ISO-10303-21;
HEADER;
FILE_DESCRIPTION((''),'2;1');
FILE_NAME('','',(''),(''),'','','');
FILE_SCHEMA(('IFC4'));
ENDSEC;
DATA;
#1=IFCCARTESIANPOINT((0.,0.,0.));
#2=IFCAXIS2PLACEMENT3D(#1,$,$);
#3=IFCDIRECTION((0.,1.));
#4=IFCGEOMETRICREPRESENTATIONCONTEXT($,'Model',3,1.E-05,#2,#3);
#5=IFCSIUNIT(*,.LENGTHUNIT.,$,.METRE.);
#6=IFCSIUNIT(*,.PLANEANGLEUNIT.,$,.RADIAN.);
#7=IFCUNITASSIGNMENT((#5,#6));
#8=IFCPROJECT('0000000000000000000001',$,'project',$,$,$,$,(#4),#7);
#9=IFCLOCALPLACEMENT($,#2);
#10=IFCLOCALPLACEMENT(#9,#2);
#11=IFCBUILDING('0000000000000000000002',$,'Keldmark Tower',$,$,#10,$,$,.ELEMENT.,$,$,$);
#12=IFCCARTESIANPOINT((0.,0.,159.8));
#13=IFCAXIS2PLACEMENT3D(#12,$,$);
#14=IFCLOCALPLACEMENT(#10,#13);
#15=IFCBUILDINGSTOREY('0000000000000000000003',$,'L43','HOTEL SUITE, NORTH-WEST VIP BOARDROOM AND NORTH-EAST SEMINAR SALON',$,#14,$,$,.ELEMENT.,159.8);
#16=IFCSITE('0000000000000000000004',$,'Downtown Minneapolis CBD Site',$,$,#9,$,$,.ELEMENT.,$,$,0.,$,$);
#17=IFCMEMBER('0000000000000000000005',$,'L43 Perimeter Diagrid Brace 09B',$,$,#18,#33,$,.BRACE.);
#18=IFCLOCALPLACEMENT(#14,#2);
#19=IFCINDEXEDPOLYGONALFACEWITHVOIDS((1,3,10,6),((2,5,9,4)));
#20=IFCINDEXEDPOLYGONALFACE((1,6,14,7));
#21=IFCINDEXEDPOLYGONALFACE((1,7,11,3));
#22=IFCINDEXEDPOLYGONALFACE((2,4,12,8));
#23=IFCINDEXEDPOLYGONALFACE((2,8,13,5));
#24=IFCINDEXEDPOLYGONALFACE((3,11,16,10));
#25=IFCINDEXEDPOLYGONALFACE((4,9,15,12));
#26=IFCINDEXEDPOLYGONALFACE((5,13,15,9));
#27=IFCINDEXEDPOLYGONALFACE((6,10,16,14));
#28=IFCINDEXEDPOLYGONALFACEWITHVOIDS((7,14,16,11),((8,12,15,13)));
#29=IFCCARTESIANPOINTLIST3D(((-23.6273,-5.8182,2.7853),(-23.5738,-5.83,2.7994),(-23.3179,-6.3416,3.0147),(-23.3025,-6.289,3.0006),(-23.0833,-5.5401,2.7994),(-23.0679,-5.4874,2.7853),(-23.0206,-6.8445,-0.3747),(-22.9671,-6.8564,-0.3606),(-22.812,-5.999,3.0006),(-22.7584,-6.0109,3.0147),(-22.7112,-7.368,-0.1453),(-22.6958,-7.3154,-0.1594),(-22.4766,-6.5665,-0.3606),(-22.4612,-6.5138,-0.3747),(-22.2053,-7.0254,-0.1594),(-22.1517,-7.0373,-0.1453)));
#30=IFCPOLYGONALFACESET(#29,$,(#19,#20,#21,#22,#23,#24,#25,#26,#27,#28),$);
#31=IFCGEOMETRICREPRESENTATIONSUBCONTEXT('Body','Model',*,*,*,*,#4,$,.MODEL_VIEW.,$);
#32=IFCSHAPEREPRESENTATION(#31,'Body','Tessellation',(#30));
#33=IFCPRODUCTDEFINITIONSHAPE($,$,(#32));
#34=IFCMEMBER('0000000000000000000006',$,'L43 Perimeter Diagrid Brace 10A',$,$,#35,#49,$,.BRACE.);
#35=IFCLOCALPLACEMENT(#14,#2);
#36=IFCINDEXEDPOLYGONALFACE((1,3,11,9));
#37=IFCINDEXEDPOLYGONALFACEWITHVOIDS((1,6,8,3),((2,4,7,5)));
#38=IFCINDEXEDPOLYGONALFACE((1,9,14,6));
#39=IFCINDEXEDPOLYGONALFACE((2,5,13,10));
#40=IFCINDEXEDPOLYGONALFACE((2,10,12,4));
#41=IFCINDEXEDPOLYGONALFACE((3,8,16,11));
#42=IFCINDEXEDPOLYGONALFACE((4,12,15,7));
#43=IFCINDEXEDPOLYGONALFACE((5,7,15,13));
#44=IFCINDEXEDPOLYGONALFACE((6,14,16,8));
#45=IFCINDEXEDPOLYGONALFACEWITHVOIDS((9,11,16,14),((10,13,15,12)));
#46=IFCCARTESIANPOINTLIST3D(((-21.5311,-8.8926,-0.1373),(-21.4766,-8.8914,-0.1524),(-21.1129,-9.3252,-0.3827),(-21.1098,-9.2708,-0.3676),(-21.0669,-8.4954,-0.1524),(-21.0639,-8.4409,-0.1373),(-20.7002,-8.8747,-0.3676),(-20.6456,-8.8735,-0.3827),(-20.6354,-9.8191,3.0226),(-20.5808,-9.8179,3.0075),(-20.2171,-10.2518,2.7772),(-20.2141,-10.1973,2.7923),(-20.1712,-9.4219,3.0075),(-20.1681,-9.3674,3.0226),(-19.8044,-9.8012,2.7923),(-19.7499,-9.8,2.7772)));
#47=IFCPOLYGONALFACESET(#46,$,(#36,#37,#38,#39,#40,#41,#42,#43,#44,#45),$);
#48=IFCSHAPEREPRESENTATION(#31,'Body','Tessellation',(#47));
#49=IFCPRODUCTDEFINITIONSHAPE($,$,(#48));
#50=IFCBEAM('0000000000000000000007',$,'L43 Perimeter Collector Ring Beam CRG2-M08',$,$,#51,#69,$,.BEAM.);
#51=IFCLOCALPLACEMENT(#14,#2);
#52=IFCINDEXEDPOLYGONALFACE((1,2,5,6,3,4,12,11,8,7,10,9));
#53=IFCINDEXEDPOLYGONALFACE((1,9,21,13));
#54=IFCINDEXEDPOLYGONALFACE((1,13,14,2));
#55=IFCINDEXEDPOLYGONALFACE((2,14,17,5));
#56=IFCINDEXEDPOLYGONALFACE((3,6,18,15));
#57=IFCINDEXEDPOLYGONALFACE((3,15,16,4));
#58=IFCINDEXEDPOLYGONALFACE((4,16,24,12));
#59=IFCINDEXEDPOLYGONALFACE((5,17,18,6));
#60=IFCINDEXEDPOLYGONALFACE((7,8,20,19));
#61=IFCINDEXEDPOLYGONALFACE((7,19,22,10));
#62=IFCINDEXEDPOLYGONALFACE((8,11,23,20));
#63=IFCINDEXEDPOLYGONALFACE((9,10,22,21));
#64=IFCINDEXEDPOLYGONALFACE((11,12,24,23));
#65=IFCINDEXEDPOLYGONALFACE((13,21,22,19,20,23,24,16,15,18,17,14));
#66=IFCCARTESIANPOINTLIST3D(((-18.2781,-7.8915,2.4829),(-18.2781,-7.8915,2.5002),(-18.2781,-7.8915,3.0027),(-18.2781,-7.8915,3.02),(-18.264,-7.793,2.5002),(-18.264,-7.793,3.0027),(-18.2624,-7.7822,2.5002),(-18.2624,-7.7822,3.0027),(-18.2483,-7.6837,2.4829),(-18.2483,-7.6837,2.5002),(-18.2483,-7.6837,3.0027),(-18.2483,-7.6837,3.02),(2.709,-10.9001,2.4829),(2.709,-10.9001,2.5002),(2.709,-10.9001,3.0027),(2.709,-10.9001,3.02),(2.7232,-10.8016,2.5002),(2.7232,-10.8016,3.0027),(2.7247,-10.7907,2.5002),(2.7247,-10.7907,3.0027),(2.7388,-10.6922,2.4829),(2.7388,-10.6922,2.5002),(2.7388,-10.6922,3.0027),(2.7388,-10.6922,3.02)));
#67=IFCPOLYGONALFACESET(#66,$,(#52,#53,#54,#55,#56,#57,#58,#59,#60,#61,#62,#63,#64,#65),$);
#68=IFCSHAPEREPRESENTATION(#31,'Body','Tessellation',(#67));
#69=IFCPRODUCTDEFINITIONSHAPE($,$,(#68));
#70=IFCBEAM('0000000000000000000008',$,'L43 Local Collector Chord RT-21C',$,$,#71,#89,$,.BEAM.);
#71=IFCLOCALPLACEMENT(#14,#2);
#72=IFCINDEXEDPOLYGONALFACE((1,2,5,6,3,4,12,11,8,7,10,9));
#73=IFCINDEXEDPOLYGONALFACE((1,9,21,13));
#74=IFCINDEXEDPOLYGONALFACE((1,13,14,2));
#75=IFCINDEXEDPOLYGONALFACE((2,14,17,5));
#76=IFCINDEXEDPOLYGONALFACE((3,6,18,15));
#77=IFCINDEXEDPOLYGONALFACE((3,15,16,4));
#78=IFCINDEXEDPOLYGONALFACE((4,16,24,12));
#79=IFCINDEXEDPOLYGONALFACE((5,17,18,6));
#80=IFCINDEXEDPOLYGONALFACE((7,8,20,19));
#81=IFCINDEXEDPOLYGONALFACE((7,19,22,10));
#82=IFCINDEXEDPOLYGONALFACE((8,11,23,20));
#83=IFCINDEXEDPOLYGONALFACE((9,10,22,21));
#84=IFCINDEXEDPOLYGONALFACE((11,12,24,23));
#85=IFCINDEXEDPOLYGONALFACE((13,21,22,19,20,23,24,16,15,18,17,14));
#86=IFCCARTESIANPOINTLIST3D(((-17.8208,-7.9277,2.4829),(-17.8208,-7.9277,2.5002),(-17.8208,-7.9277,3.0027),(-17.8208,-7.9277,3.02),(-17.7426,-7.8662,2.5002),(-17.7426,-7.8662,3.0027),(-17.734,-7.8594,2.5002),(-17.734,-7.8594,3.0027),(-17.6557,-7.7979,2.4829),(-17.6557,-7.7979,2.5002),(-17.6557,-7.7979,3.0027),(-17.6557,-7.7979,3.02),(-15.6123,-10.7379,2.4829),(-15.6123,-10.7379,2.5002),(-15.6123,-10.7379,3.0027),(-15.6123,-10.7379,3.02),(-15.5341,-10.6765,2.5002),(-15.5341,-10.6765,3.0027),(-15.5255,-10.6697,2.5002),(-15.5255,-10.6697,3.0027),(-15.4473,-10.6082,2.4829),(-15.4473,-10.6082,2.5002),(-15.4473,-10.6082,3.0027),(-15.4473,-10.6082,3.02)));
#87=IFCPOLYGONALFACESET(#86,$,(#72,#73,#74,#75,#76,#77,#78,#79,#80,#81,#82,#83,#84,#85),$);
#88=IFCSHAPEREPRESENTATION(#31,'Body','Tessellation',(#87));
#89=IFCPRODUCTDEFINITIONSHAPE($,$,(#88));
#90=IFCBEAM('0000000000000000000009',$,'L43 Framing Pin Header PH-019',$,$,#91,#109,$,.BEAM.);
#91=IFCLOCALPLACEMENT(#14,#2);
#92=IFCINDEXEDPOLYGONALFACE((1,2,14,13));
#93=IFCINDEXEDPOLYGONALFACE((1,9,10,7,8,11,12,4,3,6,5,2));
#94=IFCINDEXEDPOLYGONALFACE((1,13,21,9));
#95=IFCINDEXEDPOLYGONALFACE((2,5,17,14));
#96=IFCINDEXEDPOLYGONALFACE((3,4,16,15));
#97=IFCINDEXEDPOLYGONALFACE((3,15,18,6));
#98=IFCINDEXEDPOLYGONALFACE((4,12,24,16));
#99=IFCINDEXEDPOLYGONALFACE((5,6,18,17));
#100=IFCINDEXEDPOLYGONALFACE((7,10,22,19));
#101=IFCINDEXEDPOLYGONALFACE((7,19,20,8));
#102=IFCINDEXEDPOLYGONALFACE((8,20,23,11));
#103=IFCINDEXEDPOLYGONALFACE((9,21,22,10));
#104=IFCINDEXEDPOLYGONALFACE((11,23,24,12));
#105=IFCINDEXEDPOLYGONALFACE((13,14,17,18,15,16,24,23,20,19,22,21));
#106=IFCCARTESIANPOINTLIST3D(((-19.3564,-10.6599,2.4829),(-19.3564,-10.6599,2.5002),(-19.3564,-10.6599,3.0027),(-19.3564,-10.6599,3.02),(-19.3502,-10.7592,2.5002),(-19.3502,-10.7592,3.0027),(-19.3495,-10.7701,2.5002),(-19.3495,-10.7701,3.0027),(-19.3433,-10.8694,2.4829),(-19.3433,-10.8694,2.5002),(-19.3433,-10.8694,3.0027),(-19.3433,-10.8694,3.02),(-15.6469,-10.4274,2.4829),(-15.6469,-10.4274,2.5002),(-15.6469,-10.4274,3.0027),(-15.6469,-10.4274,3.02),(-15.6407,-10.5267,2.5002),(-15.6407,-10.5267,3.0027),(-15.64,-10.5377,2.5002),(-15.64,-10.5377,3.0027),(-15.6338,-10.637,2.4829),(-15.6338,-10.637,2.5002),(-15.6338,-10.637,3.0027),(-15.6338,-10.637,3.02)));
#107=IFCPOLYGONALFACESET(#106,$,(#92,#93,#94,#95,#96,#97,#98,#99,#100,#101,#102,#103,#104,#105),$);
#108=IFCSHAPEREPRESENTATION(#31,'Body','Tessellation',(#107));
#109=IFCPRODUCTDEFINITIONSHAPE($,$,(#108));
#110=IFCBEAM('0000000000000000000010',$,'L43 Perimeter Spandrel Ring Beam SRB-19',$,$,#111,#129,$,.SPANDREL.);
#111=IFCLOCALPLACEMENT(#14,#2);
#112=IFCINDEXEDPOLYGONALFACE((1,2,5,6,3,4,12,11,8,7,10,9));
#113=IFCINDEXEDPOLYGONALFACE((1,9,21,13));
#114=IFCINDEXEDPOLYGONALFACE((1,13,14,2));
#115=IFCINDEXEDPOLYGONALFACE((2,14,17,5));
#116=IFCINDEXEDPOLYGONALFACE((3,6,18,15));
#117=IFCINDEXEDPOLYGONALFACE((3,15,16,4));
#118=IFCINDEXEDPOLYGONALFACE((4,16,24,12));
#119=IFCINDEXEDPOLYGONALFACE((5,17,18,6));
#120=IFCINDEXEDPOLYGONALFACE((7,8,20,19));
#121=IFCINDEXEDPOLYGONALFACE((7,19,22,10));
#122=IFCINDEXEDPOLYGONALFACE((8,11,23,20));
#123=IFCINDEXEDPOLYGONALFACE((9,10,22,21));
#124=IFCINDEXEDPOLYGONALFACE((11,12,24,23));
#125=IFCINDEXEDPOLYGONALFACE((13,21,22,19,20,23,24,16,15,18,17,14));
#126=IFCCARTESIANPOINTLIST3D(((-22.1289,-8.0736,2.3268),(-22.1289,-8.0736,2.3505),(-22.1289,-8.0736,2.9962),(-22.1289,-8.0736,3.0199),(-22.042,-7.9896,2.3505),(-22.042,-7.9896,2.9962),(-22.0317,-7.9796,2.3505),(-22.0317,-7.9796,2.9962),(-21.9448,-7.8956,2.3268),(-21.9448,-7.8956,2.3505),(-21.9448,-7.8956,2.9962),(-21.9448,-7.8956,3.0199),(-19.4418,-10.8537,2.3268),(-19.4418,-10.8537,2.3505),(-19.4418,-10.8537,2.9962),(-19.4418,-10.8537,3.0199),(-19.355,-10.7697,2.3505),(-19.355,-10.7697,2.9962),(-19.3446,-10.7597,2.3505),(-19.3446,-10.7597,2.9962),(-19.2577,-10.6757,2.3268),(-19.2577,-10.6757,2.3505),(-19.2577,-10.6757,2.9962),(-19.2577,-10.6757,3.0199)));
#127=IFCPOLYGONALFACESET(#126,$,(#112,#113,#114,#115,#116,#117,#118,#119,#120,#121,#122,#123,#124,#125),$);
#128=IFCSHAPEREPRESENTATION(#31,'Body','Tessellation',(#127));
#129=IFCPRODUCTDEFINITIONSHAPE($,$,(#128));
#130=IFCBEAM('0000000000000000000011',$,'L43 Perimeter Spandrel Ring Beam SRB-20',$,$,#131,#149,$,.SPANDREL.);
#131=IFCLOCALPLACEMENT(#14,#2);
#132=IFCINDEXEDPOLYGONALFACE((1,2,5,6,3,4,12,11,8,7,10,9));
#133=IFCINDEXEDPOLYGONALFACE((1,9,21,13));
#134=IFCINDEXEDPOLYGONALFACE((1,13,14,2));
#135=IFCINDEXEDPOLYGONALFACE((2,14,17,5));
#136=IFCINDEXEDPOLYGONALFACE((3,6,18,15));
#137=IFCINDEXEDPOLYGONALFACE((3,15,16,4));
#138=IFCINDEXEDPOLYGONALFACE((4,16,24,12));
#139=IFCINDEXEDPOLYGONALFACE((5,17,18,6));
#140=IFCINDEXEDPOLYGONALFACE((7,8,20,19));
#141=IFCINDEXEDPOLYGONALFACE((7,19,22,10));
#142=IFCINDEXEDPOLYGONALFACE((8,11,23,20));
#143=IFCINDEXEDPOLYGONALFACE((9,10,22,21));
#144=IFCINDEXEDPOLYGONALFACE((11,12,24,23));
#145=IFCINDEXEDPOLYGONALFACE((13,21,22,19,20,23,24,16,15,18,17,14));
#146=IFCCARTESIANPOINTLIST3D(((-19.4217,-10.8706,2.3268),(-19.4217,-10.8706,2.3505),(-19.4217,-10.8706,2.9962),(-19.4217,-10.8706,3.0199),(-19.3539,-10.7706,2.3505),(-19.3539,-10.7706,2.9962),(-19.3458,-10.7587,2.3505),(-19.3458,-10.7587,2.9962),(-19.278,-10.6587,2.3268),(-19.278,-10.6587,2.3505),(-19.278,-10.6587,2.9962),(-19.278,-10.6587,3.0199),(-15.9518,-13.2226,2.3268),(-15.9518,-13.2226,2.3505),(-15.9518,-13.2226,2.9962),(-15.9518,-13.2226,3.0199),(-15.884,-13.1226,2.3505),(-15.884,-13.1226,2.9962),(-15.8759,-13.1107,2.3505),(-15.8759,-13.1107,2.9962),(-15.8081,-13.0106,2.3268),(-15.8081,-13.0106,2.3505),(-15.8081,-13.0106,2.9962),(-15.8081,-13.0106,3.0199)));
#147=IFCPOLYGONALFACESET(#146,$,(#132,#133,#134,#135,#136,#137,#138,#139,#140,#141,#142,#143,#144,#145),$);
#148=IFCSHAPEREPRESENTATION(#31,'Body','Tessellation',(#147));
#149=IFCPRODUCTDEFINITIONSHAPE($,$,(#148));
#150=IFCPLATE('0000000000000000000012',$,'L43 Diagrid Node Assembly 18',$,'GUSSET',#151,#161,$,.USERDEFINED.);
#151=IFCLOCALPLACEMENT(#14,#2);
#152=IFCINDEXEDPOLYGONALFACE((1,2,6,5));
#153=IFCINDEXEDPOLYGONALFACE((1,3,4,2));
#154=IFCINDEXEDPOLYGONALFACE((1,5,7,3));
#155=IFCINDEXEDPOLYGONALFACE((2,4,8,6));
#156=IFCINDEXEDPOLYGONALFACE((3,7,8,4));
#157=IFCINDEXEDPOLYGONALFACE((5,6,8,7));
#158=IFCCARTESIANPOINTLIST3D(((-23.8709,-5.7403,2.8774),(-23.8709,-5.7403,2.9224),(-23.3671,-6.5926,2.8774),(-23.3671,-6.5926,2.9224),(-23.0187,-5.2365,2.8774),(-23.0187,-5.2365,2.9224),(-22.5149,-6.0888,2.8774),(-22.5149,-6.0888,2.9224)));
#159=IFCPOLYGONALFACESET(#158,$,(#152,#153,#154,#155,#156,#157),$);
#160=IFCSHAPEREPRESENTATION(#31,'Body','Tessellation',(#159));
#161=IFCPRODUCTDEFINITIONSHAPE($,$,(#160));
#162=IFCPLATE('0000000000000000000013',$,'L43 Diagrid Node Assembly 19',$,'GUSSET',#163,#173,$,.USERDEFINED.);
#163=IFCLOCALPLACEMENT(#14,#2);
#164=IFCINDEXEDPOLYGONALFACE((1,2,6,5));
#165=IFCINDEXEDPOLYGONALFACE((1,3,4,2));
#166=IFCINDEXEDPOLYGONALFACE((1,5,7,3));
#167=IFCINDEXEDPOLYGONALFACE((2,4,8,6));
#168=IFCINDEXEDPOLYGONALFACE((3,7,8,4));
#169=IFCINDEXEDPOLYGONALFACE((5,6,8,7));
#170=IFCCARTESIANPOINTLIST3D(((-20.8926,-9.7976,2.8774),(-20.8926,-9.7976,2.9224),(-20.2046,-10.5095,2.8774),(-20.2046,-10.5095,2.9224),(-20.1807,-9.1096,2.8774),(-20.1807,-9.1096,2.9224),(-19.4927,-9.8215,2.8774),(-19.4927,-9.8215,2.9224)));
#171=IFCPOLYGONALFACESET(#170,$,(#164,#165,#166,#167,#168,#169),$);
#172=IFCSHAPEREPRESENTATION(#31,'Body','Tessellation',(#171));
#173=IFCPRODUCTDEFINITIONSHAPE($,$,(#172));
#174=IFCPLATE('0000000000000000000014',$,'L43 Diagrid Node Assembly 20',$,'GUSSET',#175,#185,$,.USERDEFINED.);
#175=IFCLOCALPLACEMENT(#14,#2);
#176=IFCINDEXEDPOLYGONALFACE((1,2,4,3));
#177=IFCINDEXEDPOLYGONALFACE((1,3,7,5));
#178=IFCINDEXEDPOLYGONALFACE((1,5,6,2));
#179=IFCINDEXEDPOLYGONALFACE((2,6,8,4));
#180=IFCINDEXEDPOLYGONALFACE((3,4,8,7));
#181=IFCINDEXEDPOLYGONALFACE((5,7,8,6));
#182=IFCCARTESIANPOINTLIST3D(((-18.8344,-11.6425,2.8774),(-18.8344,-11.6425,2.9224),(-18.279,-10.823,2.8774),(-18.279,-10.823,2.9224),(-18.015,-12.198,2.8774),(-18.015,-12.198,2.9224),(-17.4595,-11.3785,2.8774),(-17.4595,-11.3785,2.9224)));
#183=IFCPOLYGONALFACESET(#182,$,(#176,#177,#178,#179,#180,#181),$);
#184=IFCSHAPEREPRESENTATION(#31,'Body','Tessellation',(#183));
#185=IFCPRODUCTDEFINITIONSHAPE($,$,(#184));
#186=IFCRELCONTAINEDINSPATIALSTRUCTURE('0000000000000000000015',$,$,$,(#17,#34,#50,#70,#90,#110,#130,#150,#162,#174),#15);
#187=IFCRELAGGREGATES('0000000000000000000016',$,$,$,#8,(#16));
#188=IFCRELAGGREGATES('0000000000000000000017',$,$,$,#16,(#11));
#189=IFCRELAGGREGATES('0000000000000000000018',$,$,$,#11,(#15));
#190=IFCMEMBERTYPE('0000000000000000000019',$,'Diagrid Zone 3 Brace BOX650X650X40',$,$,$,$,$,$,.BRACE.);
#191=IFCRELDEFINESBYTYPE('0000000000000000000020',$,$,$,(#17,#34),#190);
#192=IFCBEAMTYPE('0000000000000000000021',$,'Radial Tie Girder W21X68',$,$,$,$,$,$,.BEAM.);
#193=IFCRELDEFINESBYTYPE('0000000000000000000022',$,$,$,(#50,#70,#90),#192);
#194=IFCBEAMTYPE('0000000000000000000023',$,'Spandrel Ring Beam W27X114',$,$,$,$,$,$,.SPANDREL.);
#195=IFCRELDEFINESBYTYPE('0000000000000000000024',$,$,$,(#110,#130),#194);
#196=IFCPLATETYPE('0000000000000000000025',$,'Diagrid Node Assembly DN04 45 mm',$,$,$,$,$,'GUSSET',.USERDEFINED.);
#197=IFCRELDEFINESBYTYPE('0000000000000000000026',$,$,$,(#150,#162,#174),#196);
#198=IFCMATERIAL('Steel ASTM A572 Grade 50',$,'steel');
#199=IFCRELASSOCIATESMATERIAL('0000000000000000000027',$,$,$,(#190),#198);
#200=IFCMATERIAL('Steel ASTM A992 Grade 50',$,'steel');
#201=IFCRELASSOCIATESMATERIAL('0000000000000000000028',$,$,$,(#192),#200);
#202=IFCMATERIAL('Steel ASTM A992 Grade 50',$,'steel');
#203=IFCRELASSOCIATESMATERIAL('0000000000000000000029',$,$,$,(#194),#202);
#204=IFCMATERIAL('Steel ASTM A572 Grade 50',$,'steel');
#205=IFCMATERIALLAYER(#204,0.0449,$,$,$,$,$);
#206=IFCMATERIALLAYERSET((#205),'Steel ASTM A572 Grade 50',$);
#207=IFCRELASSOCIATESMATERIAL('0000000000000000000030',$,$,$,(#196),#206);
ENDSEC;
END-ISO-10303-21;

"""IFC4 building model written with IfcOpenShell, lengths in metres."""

from ifc_helpers import new_model, si_unit, direction, frame, origin, origin_2d, place, context, subcontext, project, spatial, rectangle, hollow_rectangle, i_section, extrude, material, layer, layer_set, material_profile, profile_set, type_object, element, save


model = new_model("IFC4")

# Units and contexts
model_context = context("Model", 3, precision=1e-05, world=origin(), true_north=direction((0.0, 1.0)))
body_context = subcontext(model_context, "Body", "Model", "MODEL_VIEW")
ifc_project = project(units=[si_unit("LENGTHUNIT", "METRE"), si_unit("PLANEANGLEUNIT", "RADIAN")], contexts=[model_context])

# Site, building, storey
site_placement = place(None, origin())
site = spatial("IfcSite", under=ifc_project, at=site_placement, Name="Downtown Minneapolis CBD Site", CompositionType="ELEMENT", RefElevation=0.0)
building_placement = place(site_placement, origin())
building = spatial("IfcBuilding", under=site, at=building_placement, Name="Keldmark Tower", CompositionType="ELEMENT")
storey_placement = place(building_placement, frame((0.0, 0.0, 159.8)))
storey = spatial("IfcBuildingStorey", under=building, at=storey_placement, Name="L43", Description="HOTEL SUITE, NORTH-WEST VIP BOARDROOM AND NORTH-EAST SEMINAR SALON", CompositionType="ELEMENT", Elevation=159.8)

# Members
ifc_material_1 = material(Name="Steel ASTM A572 Grade 50", Category="steel")
ifc_material_profile_1 = material_profile(ifc_material_1, hollow_rectangle(XDim=0.6499, YDim=0.6499, WallThickness=0.04, at=origin_2d()), Name="BOX650X650X40")
ifc_profile_set_1 = profile_set([ifc_material_profile_1], Name="Steel ASTM A572 Grade 50")
member_type = type_object("IfcMemberType", Name="Diagrid Zone 3 Brace BOX650X650X40", PredefinedType="BRACE", material=ifc_profile_set_1)
member_1_placement = place(storey_placement, frame((-22.5862, -6.9409, -0.26), z_axis=(-0.179634, 0.303896, 0.935617), x_axis=(-0.860853, -0.508853, 0.0)))
element("IfcMember", 1, at=member_1_placement, inside=storey, type_object=member_type, Name="L43 Perimeter Diagrid Brace 09B", PredefinedType="BRACE", context=body_context, shape_type="SweptSolid", body=[
    extrude(hollow_rectangle(XDim=0.6499, YDim=0.6499, WallThickness=0.04, at=origin_2d()), origin(), (0.0, 0.0, 1.0), 3.3774),
])
member_2_placement = place(storey_placement, frame((-21.0884, -8.8831, -0.26), z_axis=(0.262484, -0.271498, 0.925954), x_axis=(0.718941, 0.695071, 0.0)))
element("IfcMember", 2, at=member_2_placement, inside=storey, type_object=member_type, Name="L43 Perimeter Diagrid Brace 10A", PredefinedType="BRACE", context=body_context, shape_type="SweptSolid", body=[
    extrude(hollow_rectangle(XDim=0.6499, YDim=0.6499, WallThickness=0.04, at=origin_2d()), origin(), (0.0, 0.0, 1.0), 3.4126),
])

# Beams
ifc_material_2 = material(Name="Steel ASTM A992 Grade 50", Category="steel")
ifc_material_profile_2 = material_profile(ifc_material_2, i_section(OverallWidth=0.21, OverallDepth=0.5371, WebThickness=0.011, FlangeThickness=0.0173, at=origin_2d()), Name="W21X68")
ifc_profile_set_2 = profile_set([ifc_material_profile_2], Name="Steel ASTM A992 Grade 50")
beam_type_1 = type_object("IfcBeamType", Name="Radial Tie Girder W21X68", PredefinedType="BEAM", material=ifc_profile_set_2)
beam_1_placement = place(storey_placement, frame((-18.2632, -7.7876, 2.7515), z_axis=(0.989881, -0.141902, 0.0), x_axis=(0.141902, 0.989881, 0.0)))
element("IfcBeam", 3, at=beam_1_placement, inside=storey, type_object=beam_type_1, Name="L43 Perimeter Collector Ring Beam CRG2-M08", PredefinedType="BEAM", context=body_context, shape_type="SweptSolid", body=[
    extrude(i_section(OverallWidth=0.21, OverallDepth=0.5371, WebThickness=0.011, FlangeThickness=0.0173, at=origin_2d()), origin(), (0.0, 0.0, 1.0), 21.2017),
])
beam_2_placement = place(storey_placement, frame((-17.7383, -7.8628, 2.7515), z_axis=(0.617891, -0.786264, 0.0), x_axis=(0.786264, 0.617891, 0.0)))
element("IfcBeam", 4, at=beam_2_placement, inside=storey, type_object=beam_type_1, Name="L43 Local Collector Chord RT-21C", PredefinedType="BEAM", context=body_context, shape_type="SweptSolid", body=[
    extrude(i_section(OverallWidth=0.21, OverallDepth=0.5371, WebThickness=0.011, FlangeThickness=0.0173, at=origin_2d()), origin(), (0.0, 0.0, 1.0), 3.5742),
])
beam_3_placement = place(storey_placement, frame((-19.3499, -10.7646, 2.7515), z_axis=(0.998043, 0.062534, 0.0), x_axis=(-0.062534, 0.998043, 0.0)))
element("IfcBeam", 5, at=beam_3_placement, inside=storey, type_object=beam_type_1, Name="L43 Framing Pin Header PH-019", PredefinedType="BEAM", context=body_context, shape_type="SweptSolid", body=[
    extrude(i_section(OverallWidth=0.21, OverallDepth=0.5371, WebThickness=0.011, FlangeThickness=0.0173, at=origin_2d()), origin(), (0.0, 0.0, 1.0), 3.7168),
])
ifc_material_3 = material(Name="Steel ASTM A992 Grade 50", Category="steel")
ifc_material_profile_3 = material_profile(ifc_material_3, i_section(OverallWidth=0.2561, OverallDepth=0.6931, WebThickness=0.0144, FlangeThickness=0.0237, at=origin_2d()), Name="W27X114")
ifc_profile_set_3 = profile_set([ifc_material_profile_3], Name="Steel ASTM A992 Grade 50")
beam_type_2 = type_object("IfcBeamType", Name="Spandrel Ring Beam W27X114", PredefinedType="SPANDREL", material=ifc_profile_set_3)
beam_4_placement = place(storey_placement, frame((-22.0369, -7.9846, 2.6733), z_axis=(0.694975, -0.719034, 0.0), x_axis=(0.719034, 0.694975, 0.0)))
element("IfcBeam", 6, at=beam_4_placement, inside=storey, type_object=beam_type_2, Name="L43 Perimeter Spandrel Ring Beam SRB-19", PredefinedType="SPANDREL", context=body_context, shape_type="SweptSolid", body=[
    extrude(i_section(OverallWidth=0.2561, OverallDepth=0.6931, WebThickness=0.0144, FlangeThickness=0.0237, at=origin_2d()), origin(), (0.0, 0.0, 1.0), 3.8665),
])
beam_5_placement = place(storey_placement, frame((-19.3499, -10.7646, 2.6733), z_axis=(0.827761, -0.561081, 0.0), x_axis=(0.561081, 0.827761, 0.0)))
element("IfcBeam", 7, at=beam_5_placement, inside=storey, type_object=beam_type_2, Name="L43 Perimeter Spandrel Ring Beam SRB-20", PredefinedType="SPANDREL", context=body_context, shape_type="SweptSolid", body=[
    extrude(i_section(OverallWidth=0.2561, OverallDepth=0.6931, WebThickness=0.0144, FlangeThickness=0.0237, at=origin_2d()), origin(), (0.0, 0.0, 1.0), 4.1919),
])

# Plates
ifc_material_4 = material(Name="Steel ASTM A572 Grade 50", Category="steel")
ifc_layer_1 = layer(ifc_material_4, 0.0449)
ifc_layer_set_1 = layer_set([ifc_layer_1], Name="Steel ASTM A572 Grade 50")
plate_type = type_object("IfcPlateType", Name="Diagrid Node Assembly DN04 45 mm", ElementType="GUSSET", PredefinedType="USERDEFINED", material=ifc_layer_set_1)
for number, where, z_axis, x_axis, name in (
    (8, (-23.1929, -5.9146, 2.8774), (0.0, 0.0, 1.0), (0.508891, -0.860831, 0.0), "L43 Diagrid Node Assembly 18"),
    (9, (-20.1926, -9.8096, 2.8774), (0.0, 0.0, 1.0), (0.694909, -0.719097, 0.0), "L43 Diagrid Node Assembly 19"),
    (10, (-18.147, -11.5105, 2.8774), (0.0, 0.0, 1.0), (0.827767, -0.561072, 0.0), "L43 Diagrid Node Assembly 20"),
):
    element("IfcPlate", number, at=place(storey_placement, frame(where, z_axis=z_axis, x_axis=x_axis)), inside=storey, type_object=plate_type, Name=name, ObjectType="GUSSET", PredefinedType="USERDEFINED", context=body_context, shape_type="SweptSolid", body=[
        extrude(rectangle(XDim=0.99, YDim=0.99, at=origin_2d()), origin(), (0.0, 0.0, 1.0), 0.0449),
    ])

save(model, "model.ifc")
